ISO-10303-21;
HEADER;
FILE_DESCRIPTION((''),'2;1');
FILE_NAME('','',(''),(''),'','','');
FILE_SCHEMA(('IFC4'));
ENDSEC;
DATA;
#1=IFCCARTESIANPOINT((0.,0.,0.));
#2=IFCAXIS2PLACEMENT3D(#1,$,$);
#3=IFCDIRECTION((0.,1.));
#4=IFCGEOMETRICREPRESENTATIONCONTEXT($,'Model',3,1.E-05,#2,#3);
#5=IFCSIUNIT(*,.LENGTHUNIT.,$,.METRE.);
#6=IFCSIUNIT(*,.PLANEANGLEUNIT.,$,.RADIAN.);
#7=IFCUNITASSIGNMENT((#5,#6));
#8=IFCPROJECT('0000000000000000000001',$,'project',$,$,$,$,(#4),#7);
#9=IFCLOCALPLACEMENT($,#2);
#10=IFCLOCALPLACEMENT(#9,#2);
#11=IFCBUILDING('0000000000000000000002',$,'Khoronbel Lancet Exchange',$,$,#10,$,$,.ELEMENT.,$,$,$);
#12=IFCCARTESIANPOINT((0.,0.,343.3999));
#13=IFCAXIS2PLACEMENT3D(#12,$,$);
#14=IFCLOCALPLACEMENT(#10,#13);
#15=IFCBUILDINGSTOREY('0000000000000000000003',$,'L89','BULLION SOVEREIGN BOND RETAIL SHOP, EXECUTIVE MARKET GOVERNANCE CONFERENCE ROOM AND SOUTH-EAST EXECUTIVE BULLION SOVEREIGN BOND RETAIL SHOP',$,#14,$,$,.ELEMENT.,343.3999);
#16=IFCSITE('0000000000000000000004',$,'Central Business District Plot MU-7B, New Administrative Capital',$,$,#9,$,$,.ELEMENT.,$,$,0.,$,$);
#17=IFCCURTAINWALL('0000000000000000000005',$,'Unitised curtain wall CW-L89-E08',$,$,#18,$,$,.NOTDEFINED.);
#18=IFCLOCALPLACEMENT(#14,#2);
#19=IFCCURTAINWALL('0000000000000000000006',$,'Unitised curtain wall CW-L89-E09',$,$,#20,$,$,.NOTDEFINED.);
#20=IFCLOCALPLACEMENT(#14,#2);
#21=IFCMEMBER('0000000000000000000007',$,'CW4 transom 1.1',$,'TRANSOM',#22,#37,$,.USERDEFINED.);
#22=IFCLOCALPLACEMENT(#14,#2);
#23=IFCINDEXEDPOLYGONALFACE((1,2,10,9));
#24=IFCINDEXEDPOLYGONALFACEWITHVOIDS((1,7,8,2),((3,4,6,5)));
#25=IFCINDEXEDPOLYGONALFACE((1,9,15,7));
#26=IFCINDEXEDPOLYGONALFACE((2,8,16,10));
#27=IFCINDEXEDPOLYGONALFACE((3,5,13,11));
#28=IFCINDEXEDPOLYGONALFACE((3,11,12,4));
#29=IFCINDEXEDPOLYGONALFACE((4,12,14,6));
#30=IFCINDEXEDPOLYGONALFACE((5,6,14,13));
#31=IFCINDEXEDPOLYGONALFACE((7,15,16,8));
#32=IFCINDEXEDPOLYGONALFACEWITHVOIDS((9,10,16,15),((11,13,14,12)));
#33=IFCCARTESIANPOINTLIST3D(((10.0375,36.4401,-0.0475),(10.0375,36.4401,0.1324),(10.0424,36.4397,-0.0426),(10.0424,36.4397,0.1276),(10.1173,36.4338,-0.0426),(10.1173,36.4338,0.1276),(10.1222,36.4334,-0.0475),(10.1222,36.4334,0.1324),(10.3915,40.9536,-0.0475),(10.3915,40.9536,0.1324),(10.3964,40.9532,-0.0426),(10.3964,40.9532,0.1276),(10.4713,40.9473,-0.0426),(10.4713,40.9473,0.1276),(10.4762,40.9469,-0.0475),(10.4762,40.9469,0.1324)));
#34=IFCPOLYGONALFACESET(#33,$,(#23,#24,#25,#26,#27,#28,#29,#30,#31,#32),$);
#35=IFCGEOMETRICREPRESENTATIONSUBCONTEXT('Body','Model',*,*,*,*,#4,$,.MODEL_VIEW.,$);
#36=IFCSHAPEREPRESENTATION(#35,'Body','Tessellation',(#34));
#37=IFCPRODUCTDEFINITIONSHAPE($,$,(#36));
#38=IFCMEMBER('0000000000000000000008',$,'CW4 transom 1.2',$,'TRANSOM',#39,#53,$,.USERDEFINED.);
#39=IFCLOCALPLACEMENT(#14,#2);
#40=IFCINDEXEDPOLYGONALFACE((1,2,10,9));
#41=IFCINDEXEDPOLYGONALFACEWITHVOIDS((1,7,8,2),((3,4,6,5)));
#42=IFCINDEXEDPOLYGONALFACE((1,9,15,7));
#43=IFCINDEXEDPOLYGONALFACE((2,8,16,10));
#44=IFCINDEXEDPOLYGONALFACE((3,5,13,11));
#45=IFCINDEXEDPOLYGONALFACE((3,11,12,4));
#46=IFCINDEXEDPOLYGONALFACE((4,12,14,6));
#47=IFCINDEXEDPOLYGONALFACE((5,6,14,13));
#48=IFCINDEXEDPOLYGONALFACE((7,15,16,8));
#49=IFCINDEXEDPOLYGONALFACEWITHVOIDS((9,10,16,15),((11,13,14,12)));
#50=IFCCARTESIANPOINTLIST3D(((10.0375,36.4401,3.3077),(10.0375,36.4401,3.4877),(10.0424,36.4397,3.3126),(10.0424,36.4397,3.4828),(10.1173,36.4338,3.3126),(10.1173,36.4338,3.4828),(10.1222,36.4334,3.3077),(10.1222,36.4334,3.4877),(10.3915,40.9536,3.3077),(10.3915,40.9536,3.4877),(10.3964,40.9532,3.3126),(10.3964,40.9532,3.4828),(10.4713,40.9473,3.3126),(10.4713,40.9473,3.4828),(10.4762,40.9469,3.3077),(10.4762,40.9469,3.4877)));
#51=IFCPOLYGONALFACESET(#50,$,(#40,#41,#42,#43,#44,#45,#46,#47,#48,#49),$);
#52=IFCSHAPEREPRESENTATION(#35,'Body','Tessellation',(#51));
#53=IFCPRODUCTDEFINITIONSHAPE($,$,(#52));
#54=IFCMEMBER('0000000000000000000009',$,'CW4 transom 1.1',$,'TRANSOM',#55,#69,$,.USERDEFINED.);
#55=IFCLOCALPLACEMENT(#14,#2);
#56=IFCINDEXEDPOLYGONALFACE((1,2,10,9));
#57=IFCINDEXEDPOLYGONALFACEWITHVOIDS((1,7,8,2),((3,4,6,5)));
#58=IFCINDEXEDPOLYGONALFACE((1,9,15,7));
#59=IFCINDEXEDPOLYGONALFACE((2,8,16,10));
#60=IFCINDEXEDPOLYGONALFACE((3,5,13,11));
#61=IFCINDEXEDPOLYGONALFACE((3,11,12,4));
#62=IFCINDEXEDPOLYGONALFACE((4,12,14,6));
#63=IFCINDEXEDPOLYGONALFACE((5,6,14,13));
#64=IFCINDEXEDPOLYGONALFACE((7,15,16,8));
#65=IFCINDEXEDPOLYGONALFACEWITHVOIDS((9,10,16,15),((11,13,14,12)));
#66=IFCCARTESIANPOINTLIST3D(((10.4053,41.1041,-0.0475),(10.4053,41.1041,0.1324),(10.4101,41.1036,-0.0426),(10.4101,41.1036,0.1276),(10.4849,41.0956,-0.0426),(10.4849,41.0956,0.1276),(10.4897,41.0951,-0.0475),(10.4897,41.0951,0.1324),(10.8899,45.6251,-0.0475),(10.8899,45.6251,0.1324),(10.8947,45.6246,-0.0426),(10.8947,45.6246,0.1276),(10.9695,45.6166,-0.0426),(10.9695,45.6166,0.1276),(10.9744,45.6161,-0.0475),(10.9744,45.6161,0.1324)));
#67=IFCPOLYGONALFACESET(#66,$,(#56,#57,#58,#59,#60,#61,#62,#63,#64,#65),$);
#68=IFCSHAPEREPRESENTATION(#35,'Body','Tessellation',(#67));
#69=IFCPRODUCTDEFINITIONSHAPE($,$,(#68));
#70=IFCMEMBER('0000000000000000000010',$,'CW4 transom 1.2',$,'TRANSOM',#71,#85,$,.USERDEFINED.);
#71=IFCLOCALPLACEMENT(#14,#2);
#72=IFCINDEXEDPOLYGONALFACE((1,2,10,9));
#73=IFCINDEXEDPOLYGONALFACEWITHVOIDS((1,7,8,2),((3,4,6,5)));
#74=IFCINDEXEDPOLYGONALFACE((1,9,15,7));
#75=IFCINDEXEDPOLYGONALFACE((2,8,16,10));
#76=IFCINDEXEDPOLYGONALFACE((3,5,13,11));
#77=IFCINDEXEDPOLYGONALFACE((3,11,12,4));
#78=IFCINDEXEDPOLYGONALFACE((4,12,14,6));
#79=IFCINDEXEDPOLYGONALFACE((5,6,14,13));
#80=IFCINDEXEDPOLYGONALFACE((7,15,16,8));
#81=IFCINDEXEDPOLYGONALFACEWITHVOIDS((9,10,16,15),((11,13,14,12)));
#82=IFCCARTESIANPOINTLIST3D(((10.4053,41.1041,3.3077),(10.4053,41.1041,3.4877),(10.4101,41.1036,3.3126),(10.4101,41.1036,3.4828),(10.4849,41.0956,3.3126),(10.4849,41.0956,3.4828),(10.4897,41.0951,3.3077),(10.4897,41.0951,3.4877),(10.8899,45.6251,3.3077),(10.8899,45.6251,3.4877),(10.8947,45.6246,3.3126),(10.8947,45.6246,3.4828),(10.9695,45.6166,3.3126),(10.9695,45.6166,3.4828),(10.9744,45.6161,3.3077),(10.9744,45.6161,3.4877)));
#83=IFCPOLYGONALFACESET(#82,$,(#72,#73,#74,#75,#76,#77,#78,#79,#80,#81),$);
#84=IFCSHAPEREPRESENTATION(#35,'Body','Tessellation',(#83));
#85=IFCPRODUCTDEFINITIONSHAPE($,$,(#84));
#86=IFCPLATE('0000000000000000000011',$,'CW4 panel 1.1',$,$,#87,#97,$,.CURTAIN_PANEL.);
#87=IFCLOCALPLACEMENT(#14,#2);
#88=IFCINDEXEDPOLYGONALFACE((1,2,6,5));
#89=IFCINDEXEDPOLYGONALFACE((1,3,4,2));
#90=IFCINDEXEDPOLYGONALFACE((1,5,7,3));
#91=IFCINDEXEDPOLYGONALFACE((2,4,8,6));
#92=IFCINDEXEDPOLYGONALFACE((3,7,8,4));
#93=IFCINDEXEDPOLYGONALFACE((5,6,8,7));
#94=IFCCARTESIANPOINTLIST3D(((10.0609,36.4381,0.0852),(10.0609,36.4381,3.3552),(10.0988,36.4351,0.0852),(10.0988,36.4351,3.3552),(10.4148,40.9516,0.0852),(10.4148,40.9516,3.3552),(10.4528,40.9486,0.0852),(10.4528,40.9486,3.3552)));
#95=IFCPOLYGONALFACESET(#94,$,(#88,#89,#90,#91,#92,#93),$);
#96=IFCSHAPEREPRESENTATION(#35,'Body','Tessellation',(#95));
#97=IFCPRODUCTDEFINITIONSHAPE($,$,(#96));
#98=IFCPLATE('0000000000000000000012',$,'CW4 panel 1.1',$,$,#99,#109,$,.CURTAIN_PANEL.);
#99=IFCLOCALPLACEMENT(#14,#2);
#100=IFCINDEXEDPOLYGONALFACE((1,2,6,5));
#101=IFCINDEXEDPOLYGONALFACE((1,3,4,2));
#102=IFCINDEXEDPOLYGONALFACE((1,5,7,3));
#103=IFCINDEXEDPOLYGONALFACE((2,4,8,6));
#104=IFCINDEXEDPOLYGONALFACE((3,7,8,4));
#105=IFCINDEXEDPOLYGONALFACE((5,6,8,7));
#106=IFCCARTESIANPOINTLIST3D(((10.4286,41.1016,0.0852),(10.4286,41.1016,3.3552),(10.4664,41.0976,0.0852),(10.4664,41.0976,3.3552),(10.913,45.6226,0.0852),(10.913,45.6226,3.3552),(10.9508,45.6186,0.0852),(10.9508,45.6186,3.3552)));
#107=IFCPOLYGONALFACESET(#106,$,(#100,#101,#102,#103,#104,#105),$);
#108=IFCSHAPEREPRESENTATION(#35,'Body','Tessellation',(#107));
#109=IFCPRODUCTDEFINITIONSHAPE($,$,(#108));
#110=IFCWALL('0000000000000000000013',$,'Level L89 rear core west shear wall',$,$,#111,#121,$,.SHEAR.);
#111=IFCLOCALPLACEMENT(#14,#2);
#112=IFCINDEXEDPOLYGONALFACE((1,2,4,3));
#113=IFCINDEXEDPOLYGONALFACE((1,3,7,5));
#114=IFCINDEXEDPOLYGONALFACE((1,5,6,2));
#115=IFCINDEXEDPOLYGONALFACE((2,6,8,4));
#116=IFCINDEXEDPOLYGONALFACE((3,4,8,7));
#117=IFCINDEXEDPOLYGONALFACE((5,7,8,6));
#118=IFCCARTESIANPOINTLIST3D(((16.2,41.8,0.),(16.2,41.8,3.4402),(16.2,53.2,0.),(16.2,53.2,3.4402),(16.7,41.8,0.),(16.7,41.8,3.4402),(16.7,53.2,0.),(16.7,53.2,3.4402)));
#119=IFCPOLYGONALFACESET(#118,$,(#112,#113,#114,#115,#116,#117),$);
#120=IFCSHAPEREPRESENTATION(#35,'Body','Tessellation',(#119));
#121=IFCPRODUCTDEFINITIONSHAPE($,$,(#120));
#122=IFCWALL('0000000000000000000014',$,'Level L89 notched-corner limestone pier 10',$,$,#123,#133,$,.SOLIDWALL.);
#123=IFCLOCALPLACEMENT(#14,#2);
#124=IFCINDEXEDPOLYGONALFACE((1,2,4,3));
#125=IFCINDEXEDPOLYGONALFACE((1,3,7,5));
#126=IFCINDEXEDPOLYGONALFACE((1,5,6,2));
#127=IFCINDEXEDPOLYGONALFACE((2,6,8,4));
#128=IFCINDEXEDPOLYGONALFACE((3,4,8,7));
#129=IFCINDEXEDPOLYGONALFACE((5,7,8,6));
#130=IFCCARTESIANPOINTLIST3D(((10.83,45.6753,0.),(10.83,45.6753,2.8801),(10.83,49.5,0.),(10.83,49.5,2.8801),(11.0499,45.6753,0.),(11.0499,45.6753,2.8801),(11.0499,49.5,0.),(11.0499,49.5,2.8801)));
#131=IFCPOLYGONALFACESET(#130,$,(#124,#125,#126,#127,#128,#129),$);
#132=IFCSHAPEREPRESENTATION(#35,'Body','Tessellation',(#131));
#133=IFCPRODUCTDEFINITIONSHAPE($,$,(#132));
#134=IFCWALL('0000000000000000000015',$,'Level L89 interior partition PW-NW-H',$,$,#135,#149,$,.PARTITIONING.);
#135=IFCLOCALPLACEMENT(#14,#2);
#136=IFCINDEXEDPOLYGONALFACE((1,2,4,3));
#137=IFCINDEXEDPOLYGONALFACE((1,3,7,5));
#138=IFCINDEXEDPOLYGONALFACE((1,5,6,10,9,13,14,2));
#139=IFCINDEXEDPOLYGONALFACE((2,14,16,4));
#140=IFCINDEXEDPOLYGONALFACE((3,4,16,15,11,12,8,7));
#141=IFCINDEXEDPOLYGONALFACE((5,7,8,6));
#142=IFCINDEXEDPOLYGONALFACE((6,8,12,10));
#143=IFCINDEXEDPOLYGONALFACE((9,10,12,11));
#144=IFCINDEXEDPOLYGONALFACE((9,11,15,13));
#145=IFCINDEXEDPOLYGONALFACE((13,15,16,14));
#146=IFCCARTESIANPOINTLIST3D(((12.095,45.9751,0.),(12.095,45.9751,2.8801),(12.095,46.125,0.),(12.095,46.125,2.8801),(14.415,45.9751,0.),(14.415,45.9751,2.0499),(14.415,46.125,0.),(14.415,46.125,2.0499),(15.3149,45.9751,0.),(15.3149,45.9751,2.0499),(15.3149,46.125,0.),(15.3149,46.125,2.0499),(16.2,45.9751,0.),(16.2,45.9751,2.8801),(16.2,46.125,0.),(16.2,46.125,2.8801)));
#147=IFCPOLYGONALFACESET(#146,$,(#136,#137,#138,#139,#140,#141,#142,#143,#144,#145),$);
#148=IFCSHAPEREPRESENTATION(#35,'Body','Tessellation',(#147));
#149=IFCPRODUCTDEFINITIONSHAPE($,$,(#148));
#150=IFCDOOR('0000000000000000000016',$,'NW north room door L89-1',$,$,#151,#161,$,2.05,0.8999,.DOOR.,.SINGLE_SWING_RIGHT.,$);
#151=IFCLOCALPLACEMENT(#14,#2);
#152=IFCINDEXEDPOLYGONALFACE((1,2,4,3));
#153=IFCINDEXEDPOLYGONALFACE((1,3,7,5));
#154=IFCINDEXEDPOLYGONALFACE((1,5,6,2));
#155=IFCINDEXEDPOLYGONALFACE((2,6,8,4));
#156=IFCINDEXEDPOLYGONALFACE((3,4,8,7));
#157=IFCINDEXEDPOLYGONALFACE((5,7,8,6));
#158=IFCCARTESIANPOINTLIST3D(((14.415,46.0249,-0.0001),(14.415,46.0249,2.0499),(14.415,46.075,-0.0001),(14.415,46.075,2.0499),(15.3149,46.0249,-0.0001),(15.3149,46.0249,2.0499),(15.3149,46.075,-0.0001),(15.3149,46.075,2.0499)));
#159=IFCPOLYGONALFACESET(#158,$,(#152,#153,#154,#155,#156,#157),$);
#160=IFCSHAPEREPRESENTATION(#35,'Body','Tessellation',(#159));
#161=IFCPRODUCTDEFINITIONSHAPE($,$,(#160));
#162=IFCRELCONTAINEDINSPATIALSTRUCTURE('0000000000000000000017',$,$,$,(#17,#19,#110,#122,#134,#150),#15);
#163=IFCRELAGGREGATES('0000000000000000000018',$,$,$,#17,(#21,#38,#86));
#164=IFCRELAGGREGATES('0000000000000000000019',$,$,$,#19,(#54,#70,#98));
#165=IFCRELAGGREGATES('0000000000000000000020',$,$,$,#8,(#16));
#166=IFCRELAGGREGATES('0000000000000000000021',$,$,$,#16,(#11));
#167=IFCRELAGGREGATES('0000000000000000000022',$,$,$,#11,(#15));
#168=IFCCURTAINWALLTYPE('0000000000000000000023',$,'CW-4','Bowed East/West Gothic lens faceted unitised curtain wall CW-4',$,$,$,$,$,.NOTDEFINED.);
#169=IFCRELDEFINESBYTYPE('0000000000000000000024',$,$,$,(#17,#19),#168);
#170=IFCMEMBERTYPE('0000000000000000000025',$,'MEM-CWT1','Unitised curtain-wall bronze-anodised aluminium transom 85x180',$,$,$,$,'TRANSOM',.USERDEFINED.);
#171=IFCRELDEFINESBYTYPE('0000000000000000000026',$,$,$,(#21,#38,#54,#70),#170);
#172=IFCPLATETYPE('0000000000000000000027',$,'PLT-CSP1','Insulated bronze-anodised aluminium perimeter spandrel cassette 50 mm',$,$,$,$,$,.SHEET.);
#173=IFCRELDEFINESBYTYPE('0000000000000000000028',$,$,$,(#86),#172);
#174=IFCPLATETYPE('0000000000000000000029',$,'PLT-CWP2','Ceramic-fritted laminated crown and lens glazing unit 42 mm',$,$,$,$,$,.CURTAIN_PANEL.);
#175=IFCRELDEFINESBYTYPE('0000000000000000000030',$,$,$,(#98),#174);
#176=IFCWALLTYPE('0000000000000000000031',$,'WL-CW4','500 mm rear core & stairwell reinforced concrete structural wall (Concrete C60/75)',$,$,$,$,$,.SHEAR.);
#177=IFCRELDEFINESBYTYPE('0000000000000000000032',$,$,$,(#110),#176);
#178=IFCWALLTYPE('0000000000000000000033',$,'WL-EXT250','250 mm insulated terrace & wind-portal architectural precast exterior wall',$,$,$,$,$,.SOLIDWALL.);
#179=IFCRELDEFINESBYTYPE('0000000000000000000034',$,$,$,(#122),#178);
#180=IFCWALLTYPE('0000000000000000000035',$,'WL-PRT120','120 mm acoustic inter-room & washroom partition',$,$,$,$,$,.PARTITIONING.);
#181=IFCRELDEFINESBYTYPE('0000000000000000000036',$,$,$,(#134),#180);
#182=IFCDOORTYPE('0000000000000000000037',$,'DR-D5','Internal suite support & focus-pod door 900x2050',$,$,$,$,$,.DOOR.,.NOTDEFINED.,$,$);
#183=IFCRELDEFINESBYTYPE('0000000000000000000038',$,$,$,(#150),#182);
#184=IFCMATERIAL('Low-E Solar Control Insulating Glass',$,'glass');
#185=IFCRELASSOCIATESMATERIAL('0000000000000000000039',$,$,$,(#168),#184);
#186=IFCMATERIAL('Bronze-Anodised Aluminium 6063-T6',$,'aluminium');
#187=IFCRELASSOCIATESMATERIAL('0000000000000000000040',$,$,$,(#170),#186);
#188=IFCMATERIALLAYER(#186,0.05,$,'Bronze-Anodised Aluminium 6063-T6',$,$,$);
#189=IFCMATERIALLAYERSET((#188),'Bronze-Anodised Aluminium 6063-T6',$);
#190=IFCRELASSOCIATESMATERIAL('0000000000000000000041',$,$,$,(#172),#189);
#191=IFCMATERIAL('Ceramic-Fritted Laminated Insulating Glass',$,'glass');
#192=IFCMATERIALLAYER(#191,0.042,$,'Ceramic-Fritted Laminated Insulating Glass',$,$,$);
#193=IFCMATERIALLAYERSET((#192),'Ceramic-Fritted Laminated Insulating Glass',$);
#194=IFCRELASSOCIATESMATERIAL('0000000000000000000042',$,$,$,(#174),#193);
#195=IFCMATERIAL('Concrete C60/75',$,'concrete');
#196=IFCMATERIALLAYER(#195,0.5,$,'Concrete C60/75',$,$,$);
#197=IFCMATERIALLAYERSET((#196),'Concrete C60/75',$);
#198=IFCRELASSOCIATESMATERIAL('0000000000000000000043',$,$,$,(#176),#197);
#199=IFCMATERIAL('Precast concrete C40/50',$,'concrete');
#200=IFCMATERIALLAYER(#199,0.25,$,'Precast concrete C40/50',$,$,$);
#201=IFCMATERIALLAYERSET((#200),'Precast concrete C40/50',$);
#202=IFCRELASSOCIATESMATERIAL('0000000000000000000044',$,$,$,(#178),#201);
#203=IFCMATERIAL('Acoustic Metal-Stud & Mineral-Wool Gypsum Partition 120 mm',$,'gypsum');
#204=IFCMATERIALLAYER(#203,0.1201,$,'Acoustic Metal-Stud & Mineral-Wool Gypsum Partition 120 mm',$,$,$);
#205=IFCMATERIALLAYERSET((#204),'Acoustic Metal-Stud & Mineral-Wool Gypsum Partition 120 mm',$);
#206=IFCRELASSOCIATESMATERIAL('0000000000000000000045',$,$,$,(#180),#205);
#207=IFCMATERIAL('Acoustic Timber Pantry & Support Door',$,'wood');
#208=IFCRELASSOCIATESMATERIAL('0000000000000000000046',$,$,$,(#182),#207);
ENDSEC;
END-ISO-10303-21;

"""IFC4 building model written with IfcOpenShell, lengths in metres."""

from ifc_helpers import new_model, si_unit, direction, frame, frame_2d, origin, origin_2d, place, context, subcontext, project, spatial, rectangle, hollow_rectangle, extrude, material, layer, layer_set, material_profile, profile_set, type_object, element, fill, aggregate, save


model = new_model("IFC4")

# Units and contexts
model_context = context("Model", 3, precision=1e-05, world=origin(), true_north=direction((0.0, 1.0)))
body_context = subcontext(model_context, "Body", "Model", "MODEL_VIEW")
ifc_project = project(units=[si_unit("LENGTHUNIT", "METRE"), si_unit("PLANEANGLEUNIT", "RADIAN")], contexts=[model_context])

# Site, building, storey
site_placement = place(None, origin())
site = spatial("IfcSite", under=ifc_project, at=site_placement, Name="Central Business District Plot MU-7B, New Administrative Capital", CompositionType="ELEMENT", RefElevation=0.0)
building_placement = place(site_placement, origin())
building = spatial("IfcBuilding", under=site, at=building_placement, Name="Khoronbel Lancet Exchange", CompositionType="ELEMENT")
storey_placement = place(building_placement, frame((0.0, 0.0, 343.3999)))
storey = spatial("IfcBuildingStorey", under=building, at=storey_placement, Name="L89", Description="BULLION SOVEREIGN BOND RETAIL SHOP, EXECUTIVE MARKET GOVERNANCE CONFERENCE ROOM AND SOUTH-EAST EXECUTIVE BULLION SOVEREIGN BOND RETAIL SHOP", CompositionType="ELEMENT", Elevation=343.3999)

# Curtain walls
ifc_material_1 = material(Name="Low-E Solar Control Insulating Glass", Category="glass")
curtain_wall_type = type_object("IfcCurtainWallType", Name="CW-4", Description="Bowed East/West Gothic lens faceted unitised curtain wall CW-4", PredefinedType="NOTDEFINED", material=ifc_material_1)
curtain_wall_1_placement = place(storey_placement, origin())
curtain_wall_1 = element("IfcCurtainWall", 1, at=curtain_wall_1_placement, inside=storey, type_object=curtain_wall_type, Name="Unitised curtain wall CW-L89-E08", PredefinedType="NOTDEFINED")
ifc_material_2 = material(Name="Bronze-Anodised Aluminium 6063-T6", Category="aluminium")
curtain_wall_2_placement = place(storey_placement, origin())
curtain_wall_2 = element("IfcCurtainWall", 2, at=curtain_wall_2_placement, inside=storey, type_object=curtain_wall_type, Name="Unitised curtain wall CW-L89-E09", PredefinedType="NOTDEFINED")

# Members
ifc_material_profile_1 = material_profile(ifc_material_2, hollow_rectangle(XDim=0.085, YDim=0.1799, WallThickness=0.0049, at=origin_2d()), Name="ALU TRANSOM 85x180")
ifc_profile_set_1 = profile_set([ifc_material_profile_1], Name="Bronze-Anodised Aluminium 6063-T6")
member_type_1 = type_object("IfcMemberType", Name="MEM-CWT1", Description="Unitised curtain-wall bronze-anodised aluminium transom 85x180", ElementType="TRANSOM", PredefinedType="USERDEFINED", material=ifc_profile_set_1)
member_1_placement = place(storey_placement, frame((10.0798, 36.4368, 0.0425), z_axis=(0.078193, 0.996938, 0.0), x_axis=(-0.996938, 0.078193, 0.0)))
member_1 = element("IfcMember", 3, at=member_1_placement, type_object=member_type_1, Name="CW4 transom 1.1", ObjectType="TRANSOM", PredefinedType="USERDEFINED", context=body_context, shape_type="SweptSolid", body=[
    extrude(hollow_rectangle(XDim=0.085, YDim=0.1799, WallThickness=0.0049, at=origin_2d()), origin(), (0.0, 0.0, 1.0), 4.5273),
])
member_2_placement = place(storey_placement, frame((10.0798, 36.4368, 3.3977), z_axis=(0.078193, 0.996938, 0.0), x_axis=(-0.996938, 0.078193, 0.0)))
member_2 = element("IfcMember", 4, at=member_2_placement, type_object=member_type_1, Name="CW4 transom 1.2", ObjectType="TRANSOM", PredefinedType="USERDEFINED", context=body_context, shape_type="SweptSolid", body=[
    extrude(hollow_rectangle(XDim=0.085, YDim=0.1799, WallThickness=0.0049, at=origin_2d()), origin(), (0.0, 0.0, 1.0), 4.5273),
])
member_3_placement = place(storey_placement, frame((10.4475, 41.0996, 0.0425), z_axis=(0.106582, 0.994304, 0.0), x_axis=(-0.994304, 0.106582, 0.0)))
member_3 = element("IfcMember", 5, at=member_3_placement, type_object=member_type_1, Name="CW4 transom 1.1", ObjectType="TRANSOM", PredefinedType="USERDEFINED", context=body_context, shape_type="SweptSolid", body=[
    extrude(hollow_rectangle(XDim=0.085, YDim=0.1799, WallThickness=0.0049, at=origin_2d()), origin(), (0.0, 0.0, 1.0), 4.5469),
])
member_4_placement = place(storey_placement, frame((10.4475, 41.0996, 3.3977), z_axis=(0.106582, 0.994304, 0.0), x_axis=(-0.994304, 0.106582, 0.0)))
member_4 = element("IfcMember", 6, at=member_4_placement, type_object=member_type_1, Name="CW4 transom 1.2", ObjectType="TRANSOM", PredefinedType="USERDEFINED", context=body_context, shape_type="SweptSolid", body=[
    extrude(hollow_rectangle(XDim=0.085, YDim=0.1799, WallThickness=0.0049, at=origin_2d()), origin(), (0.0, 0.0, 1.0), 4.5469),
])

# Plates
ifc_layer_1 = layer(ifc_material_2, 0.05, Name="Bronze-Anodised Aluminium 6063-T6")
ifc_layer_set_1 = layer_set([ifc_layer_1], Name="Bronze-Anodised Aluminium 6063-T6")
plate_type_1 = type_object("IfcPlateType", Name="PLT-CSP1", Description="Insulated bronze-anodised aluminium perimeter spandrel cassette 50 mm", PredefinedType="SHEET", material=ifc_layer_set_1)
plate_1_placement = place(storey_placement, frame((10.2568, 38.6934, 0.0852), z_axis=(0.0, 0.0, 1.0), x_axis=(0.078184, 0.996939, 0.0)))
plate_1 = element("IfcPlate", 7, at=plate_1_placement, type_object=plate_type_1, Name="CW4 panel 1.1", PredefinedType="CURTAIN_PANEL", context=body_context, shape_type="SweptSolid", body=[
    extrude(rectangle(XDim=4.5273, YDim=0.0381, at=origin_2d()), origin(), (0.0, 0.0, 1.0), 3.27),
])
aggregate(curtain_wall_1, [member_1, member_2, plate_1])
ifc_material_3 = material(Name="Ceramic-Fritted Laminated Insulating Glass", Category="glass")
ifc_layer_2 = layer(ifc_material_3, 0.042, Name="Ceramic-Fritted Laminated Insulating Glass")
ifc_layer_set_2 = layer_set([ifc_layer_2], Name="Ceramic-Fritted Laminated Insulating Glass")
plate_type_2 = type_object("IfcPlateType", Name="PLT-CWP2", Description="Ceramic-fritted laminated crown and lens glazing unit 42 mm", PredefinedType="CURTAIN_PANEL", material=ifc_layer_set_2)
plate_2_placement = place(storey_placement, frame((10.6897, 43.3601, 0.0852), z_axis=(0.0, 0.0, 1.0), x_axis=(0.106538, 0.994309, 0.0)))
plate_2 = element("IfcPlate", 8, at=plate_2_placement, type_object=plate_type_2, Name="CW4 panel 1.1", PredefinedType="CURTAIN_PANEL", context=body_context, shape_type="SweptSolid", body=[
    extrude(rectangle(XDim=4.5469, YDim=0.0381, at=origin_2d()), origin(), (0.0, 0.0, 1.0), 3.27),
])
aggregate(curtain_wall_2, [member_3, member_4, plate_2])

# Walls
ifc_material_4 = material(Name="Concrete C60/75", Category="concrete")
ifc_layer_3 = layer(ifc_material_4, 0.5, Name="Concrete C60/75")
ifc_layer_set_3 = layer_set([ifc_layer_3], Name="Concrete C60/75")
wall_type_1 = type_object("IfcWallType", Name="WL-CW4", Description="500 mm rear core & stairwell reinforced concrete structural wall (Concrete C60/75)", PredefinedType="SHEAR", material=ifc_layer_set_3)
wall_1_placement = place(storey_placement, frame((16.45, 41.8, 0.0), z_axis=(0.0, 0.0, 1.0), x_axis=(0.0, 1.0, 0.0)))
element("IfcWall", 9, at=wall_1_placement, inside=storey, type_object=wall_type_1, Name="Level L89 rear core west shear wall", PredefinedType="SHEAR", context=body_context, shape_type="SweptSolid", body=[
    extrude(rectangle(XDim=11.3999, YDim=0.5, at=frame_2d((5.7, 0.0))), origin(), (0.0, 0.0, 1.0), 3.4402),
])
ifc_material_5 = material(Name="Precast concrete C40/50", Category="concrete")
ifc_layer_4 = layer(ifc_material_5, 0.25, Name="Precast concrete C40/50")
ifc_layer_set_4 = layer_set([ifc_layer_4], Name="Precast concrete C40/50")
wall_type_2 = type_object("IfcWallType", Name="WL-EXT250", Description="250 mm insulated terrace & wind-portal architectural precast exterior wall", PredefinedType="SOLIDWALL", material=ifc_layer_set_4)
wall_2_placement = place(storey_placement, frame((10.9399, 45.6753, 0.0), z_axis=(0.0, 0.0, 1.0), x_axis=(0.0, 1.0, 0.0)))
element("IfcWall", 10, at=wall_2_placement, inside=storey, type_object=wall_type_2, Name="Level L89 notched-corner limestone pier 10", PredefinedType="SOLIDWALL", context=body_context, shape_type="SweptSolid", body=[
    extrude(rectangle(XDim=3.8247, YDim=0.22, at=frame_2d((1.9124, 0.0))), origin(), (0.0, 0.0, 1.0), 2.8801),
])

# Wall, opening, door
ifc_material_6 = material(Name="Acoustic Metal-Stud & Mineral-Wool Gypsum Partition 120 mm", Category="gypsum")
ifc_layer_5 = layer(ifc_material_6, 0.1201, Name="Acoustic Metal-Stud & Mineral-Wool Gypsum Partition 120 mm")
ifc_layer_set_5 = layer_set([ifc_layer_5], Name="Acoustic Metal-Stud & Mineral-Wool Gypsum Partition 120 mm")
wall_type_3 = type_object("IfcWallType", Name="WL-PRT120", Description="120 mm acoustic inter-room & washroom partition", PredefinedType="PARTITIONING", material=ifc_layer_set_5)
wall_3_placement = place(storey_placement, frame((12.095, 46.05, 0.0), z_axis=(0.0, 0.0, 1.0), x_axis=(1.0, 0.0, 0.0)))
wall_3 = element("IfcWall", 11, at=wall_3_placement, inside=storey, type_object=wall_type_3, Name="Level L89 interior partition PW-NW-H", PredefinedType="PARTITIONING", context=body_context, shape_type="SweptSolid", body=[
    extrude(rectangle(XDim=4.105, YDim=0.1499, at=frame_2d((2.0525, 0.0))), origin(), (0.0, 0.0, 1.0), 2.8801),
])
opening_1_placement = place(wall_3_placement, frame((2.3201, 0.0, 0.0)))
opening_1 = element("IfcOpeningElement", 12, at=opening_1_placement, cuts=wall_3, PredefinedType="OPENING", context=body_context, shape_type="SweptSolid", body=[
    extrude(rectangle(XDim=0.8999, YDim=2.05, at=frame_2d((0.45, 1.0249))), frame((0.0, 0.085, 0.0), z_axis=(0.0, -1.0, 0.0), x_axis=(1.0, 0.0, 0.0)), (0.0, 0.0, 1.0), 0.1699),
])
ifc_material_7 = material(Name="Acoustic Timber Pantry & Support Door", Category="wood")
door_type_1 = type_object("IfcDoorType", Name="DR-D5", Description="Internal suite support & focus-pod door 900x2050", OperationType="NOTDEFINED", PredefinedType="DOOR", material=ifc_material_7)
door_1_placement = place(opening_1_placement, origin())
door_1 = element("IfcDoor", 13, at=door_1_placement, inside=storey, type_object=door_type_1, Name="NW north room door L89-1", OperationType="SINGLE_SWING_RIGHT", OverallHeight=2.05, OverallWidth=0.8999, PredefinedType="DOOR", context=body_context, shape_type="SweptSolid", body=[
    extrude(rectangle(XDim=0.8999, YDim=2.05, at=frame_2d((0.45, 1.0249))), frame((0.0, 0.0249, 0.0), z_axis=(0.0, -1.0, 0.0), x_axis=(1.0, 0.0, 0.0)), (0.0, 0.0, 1.0), 0.05),
])
fill(opening_1, door_1)

save(model, "model.ifc")
